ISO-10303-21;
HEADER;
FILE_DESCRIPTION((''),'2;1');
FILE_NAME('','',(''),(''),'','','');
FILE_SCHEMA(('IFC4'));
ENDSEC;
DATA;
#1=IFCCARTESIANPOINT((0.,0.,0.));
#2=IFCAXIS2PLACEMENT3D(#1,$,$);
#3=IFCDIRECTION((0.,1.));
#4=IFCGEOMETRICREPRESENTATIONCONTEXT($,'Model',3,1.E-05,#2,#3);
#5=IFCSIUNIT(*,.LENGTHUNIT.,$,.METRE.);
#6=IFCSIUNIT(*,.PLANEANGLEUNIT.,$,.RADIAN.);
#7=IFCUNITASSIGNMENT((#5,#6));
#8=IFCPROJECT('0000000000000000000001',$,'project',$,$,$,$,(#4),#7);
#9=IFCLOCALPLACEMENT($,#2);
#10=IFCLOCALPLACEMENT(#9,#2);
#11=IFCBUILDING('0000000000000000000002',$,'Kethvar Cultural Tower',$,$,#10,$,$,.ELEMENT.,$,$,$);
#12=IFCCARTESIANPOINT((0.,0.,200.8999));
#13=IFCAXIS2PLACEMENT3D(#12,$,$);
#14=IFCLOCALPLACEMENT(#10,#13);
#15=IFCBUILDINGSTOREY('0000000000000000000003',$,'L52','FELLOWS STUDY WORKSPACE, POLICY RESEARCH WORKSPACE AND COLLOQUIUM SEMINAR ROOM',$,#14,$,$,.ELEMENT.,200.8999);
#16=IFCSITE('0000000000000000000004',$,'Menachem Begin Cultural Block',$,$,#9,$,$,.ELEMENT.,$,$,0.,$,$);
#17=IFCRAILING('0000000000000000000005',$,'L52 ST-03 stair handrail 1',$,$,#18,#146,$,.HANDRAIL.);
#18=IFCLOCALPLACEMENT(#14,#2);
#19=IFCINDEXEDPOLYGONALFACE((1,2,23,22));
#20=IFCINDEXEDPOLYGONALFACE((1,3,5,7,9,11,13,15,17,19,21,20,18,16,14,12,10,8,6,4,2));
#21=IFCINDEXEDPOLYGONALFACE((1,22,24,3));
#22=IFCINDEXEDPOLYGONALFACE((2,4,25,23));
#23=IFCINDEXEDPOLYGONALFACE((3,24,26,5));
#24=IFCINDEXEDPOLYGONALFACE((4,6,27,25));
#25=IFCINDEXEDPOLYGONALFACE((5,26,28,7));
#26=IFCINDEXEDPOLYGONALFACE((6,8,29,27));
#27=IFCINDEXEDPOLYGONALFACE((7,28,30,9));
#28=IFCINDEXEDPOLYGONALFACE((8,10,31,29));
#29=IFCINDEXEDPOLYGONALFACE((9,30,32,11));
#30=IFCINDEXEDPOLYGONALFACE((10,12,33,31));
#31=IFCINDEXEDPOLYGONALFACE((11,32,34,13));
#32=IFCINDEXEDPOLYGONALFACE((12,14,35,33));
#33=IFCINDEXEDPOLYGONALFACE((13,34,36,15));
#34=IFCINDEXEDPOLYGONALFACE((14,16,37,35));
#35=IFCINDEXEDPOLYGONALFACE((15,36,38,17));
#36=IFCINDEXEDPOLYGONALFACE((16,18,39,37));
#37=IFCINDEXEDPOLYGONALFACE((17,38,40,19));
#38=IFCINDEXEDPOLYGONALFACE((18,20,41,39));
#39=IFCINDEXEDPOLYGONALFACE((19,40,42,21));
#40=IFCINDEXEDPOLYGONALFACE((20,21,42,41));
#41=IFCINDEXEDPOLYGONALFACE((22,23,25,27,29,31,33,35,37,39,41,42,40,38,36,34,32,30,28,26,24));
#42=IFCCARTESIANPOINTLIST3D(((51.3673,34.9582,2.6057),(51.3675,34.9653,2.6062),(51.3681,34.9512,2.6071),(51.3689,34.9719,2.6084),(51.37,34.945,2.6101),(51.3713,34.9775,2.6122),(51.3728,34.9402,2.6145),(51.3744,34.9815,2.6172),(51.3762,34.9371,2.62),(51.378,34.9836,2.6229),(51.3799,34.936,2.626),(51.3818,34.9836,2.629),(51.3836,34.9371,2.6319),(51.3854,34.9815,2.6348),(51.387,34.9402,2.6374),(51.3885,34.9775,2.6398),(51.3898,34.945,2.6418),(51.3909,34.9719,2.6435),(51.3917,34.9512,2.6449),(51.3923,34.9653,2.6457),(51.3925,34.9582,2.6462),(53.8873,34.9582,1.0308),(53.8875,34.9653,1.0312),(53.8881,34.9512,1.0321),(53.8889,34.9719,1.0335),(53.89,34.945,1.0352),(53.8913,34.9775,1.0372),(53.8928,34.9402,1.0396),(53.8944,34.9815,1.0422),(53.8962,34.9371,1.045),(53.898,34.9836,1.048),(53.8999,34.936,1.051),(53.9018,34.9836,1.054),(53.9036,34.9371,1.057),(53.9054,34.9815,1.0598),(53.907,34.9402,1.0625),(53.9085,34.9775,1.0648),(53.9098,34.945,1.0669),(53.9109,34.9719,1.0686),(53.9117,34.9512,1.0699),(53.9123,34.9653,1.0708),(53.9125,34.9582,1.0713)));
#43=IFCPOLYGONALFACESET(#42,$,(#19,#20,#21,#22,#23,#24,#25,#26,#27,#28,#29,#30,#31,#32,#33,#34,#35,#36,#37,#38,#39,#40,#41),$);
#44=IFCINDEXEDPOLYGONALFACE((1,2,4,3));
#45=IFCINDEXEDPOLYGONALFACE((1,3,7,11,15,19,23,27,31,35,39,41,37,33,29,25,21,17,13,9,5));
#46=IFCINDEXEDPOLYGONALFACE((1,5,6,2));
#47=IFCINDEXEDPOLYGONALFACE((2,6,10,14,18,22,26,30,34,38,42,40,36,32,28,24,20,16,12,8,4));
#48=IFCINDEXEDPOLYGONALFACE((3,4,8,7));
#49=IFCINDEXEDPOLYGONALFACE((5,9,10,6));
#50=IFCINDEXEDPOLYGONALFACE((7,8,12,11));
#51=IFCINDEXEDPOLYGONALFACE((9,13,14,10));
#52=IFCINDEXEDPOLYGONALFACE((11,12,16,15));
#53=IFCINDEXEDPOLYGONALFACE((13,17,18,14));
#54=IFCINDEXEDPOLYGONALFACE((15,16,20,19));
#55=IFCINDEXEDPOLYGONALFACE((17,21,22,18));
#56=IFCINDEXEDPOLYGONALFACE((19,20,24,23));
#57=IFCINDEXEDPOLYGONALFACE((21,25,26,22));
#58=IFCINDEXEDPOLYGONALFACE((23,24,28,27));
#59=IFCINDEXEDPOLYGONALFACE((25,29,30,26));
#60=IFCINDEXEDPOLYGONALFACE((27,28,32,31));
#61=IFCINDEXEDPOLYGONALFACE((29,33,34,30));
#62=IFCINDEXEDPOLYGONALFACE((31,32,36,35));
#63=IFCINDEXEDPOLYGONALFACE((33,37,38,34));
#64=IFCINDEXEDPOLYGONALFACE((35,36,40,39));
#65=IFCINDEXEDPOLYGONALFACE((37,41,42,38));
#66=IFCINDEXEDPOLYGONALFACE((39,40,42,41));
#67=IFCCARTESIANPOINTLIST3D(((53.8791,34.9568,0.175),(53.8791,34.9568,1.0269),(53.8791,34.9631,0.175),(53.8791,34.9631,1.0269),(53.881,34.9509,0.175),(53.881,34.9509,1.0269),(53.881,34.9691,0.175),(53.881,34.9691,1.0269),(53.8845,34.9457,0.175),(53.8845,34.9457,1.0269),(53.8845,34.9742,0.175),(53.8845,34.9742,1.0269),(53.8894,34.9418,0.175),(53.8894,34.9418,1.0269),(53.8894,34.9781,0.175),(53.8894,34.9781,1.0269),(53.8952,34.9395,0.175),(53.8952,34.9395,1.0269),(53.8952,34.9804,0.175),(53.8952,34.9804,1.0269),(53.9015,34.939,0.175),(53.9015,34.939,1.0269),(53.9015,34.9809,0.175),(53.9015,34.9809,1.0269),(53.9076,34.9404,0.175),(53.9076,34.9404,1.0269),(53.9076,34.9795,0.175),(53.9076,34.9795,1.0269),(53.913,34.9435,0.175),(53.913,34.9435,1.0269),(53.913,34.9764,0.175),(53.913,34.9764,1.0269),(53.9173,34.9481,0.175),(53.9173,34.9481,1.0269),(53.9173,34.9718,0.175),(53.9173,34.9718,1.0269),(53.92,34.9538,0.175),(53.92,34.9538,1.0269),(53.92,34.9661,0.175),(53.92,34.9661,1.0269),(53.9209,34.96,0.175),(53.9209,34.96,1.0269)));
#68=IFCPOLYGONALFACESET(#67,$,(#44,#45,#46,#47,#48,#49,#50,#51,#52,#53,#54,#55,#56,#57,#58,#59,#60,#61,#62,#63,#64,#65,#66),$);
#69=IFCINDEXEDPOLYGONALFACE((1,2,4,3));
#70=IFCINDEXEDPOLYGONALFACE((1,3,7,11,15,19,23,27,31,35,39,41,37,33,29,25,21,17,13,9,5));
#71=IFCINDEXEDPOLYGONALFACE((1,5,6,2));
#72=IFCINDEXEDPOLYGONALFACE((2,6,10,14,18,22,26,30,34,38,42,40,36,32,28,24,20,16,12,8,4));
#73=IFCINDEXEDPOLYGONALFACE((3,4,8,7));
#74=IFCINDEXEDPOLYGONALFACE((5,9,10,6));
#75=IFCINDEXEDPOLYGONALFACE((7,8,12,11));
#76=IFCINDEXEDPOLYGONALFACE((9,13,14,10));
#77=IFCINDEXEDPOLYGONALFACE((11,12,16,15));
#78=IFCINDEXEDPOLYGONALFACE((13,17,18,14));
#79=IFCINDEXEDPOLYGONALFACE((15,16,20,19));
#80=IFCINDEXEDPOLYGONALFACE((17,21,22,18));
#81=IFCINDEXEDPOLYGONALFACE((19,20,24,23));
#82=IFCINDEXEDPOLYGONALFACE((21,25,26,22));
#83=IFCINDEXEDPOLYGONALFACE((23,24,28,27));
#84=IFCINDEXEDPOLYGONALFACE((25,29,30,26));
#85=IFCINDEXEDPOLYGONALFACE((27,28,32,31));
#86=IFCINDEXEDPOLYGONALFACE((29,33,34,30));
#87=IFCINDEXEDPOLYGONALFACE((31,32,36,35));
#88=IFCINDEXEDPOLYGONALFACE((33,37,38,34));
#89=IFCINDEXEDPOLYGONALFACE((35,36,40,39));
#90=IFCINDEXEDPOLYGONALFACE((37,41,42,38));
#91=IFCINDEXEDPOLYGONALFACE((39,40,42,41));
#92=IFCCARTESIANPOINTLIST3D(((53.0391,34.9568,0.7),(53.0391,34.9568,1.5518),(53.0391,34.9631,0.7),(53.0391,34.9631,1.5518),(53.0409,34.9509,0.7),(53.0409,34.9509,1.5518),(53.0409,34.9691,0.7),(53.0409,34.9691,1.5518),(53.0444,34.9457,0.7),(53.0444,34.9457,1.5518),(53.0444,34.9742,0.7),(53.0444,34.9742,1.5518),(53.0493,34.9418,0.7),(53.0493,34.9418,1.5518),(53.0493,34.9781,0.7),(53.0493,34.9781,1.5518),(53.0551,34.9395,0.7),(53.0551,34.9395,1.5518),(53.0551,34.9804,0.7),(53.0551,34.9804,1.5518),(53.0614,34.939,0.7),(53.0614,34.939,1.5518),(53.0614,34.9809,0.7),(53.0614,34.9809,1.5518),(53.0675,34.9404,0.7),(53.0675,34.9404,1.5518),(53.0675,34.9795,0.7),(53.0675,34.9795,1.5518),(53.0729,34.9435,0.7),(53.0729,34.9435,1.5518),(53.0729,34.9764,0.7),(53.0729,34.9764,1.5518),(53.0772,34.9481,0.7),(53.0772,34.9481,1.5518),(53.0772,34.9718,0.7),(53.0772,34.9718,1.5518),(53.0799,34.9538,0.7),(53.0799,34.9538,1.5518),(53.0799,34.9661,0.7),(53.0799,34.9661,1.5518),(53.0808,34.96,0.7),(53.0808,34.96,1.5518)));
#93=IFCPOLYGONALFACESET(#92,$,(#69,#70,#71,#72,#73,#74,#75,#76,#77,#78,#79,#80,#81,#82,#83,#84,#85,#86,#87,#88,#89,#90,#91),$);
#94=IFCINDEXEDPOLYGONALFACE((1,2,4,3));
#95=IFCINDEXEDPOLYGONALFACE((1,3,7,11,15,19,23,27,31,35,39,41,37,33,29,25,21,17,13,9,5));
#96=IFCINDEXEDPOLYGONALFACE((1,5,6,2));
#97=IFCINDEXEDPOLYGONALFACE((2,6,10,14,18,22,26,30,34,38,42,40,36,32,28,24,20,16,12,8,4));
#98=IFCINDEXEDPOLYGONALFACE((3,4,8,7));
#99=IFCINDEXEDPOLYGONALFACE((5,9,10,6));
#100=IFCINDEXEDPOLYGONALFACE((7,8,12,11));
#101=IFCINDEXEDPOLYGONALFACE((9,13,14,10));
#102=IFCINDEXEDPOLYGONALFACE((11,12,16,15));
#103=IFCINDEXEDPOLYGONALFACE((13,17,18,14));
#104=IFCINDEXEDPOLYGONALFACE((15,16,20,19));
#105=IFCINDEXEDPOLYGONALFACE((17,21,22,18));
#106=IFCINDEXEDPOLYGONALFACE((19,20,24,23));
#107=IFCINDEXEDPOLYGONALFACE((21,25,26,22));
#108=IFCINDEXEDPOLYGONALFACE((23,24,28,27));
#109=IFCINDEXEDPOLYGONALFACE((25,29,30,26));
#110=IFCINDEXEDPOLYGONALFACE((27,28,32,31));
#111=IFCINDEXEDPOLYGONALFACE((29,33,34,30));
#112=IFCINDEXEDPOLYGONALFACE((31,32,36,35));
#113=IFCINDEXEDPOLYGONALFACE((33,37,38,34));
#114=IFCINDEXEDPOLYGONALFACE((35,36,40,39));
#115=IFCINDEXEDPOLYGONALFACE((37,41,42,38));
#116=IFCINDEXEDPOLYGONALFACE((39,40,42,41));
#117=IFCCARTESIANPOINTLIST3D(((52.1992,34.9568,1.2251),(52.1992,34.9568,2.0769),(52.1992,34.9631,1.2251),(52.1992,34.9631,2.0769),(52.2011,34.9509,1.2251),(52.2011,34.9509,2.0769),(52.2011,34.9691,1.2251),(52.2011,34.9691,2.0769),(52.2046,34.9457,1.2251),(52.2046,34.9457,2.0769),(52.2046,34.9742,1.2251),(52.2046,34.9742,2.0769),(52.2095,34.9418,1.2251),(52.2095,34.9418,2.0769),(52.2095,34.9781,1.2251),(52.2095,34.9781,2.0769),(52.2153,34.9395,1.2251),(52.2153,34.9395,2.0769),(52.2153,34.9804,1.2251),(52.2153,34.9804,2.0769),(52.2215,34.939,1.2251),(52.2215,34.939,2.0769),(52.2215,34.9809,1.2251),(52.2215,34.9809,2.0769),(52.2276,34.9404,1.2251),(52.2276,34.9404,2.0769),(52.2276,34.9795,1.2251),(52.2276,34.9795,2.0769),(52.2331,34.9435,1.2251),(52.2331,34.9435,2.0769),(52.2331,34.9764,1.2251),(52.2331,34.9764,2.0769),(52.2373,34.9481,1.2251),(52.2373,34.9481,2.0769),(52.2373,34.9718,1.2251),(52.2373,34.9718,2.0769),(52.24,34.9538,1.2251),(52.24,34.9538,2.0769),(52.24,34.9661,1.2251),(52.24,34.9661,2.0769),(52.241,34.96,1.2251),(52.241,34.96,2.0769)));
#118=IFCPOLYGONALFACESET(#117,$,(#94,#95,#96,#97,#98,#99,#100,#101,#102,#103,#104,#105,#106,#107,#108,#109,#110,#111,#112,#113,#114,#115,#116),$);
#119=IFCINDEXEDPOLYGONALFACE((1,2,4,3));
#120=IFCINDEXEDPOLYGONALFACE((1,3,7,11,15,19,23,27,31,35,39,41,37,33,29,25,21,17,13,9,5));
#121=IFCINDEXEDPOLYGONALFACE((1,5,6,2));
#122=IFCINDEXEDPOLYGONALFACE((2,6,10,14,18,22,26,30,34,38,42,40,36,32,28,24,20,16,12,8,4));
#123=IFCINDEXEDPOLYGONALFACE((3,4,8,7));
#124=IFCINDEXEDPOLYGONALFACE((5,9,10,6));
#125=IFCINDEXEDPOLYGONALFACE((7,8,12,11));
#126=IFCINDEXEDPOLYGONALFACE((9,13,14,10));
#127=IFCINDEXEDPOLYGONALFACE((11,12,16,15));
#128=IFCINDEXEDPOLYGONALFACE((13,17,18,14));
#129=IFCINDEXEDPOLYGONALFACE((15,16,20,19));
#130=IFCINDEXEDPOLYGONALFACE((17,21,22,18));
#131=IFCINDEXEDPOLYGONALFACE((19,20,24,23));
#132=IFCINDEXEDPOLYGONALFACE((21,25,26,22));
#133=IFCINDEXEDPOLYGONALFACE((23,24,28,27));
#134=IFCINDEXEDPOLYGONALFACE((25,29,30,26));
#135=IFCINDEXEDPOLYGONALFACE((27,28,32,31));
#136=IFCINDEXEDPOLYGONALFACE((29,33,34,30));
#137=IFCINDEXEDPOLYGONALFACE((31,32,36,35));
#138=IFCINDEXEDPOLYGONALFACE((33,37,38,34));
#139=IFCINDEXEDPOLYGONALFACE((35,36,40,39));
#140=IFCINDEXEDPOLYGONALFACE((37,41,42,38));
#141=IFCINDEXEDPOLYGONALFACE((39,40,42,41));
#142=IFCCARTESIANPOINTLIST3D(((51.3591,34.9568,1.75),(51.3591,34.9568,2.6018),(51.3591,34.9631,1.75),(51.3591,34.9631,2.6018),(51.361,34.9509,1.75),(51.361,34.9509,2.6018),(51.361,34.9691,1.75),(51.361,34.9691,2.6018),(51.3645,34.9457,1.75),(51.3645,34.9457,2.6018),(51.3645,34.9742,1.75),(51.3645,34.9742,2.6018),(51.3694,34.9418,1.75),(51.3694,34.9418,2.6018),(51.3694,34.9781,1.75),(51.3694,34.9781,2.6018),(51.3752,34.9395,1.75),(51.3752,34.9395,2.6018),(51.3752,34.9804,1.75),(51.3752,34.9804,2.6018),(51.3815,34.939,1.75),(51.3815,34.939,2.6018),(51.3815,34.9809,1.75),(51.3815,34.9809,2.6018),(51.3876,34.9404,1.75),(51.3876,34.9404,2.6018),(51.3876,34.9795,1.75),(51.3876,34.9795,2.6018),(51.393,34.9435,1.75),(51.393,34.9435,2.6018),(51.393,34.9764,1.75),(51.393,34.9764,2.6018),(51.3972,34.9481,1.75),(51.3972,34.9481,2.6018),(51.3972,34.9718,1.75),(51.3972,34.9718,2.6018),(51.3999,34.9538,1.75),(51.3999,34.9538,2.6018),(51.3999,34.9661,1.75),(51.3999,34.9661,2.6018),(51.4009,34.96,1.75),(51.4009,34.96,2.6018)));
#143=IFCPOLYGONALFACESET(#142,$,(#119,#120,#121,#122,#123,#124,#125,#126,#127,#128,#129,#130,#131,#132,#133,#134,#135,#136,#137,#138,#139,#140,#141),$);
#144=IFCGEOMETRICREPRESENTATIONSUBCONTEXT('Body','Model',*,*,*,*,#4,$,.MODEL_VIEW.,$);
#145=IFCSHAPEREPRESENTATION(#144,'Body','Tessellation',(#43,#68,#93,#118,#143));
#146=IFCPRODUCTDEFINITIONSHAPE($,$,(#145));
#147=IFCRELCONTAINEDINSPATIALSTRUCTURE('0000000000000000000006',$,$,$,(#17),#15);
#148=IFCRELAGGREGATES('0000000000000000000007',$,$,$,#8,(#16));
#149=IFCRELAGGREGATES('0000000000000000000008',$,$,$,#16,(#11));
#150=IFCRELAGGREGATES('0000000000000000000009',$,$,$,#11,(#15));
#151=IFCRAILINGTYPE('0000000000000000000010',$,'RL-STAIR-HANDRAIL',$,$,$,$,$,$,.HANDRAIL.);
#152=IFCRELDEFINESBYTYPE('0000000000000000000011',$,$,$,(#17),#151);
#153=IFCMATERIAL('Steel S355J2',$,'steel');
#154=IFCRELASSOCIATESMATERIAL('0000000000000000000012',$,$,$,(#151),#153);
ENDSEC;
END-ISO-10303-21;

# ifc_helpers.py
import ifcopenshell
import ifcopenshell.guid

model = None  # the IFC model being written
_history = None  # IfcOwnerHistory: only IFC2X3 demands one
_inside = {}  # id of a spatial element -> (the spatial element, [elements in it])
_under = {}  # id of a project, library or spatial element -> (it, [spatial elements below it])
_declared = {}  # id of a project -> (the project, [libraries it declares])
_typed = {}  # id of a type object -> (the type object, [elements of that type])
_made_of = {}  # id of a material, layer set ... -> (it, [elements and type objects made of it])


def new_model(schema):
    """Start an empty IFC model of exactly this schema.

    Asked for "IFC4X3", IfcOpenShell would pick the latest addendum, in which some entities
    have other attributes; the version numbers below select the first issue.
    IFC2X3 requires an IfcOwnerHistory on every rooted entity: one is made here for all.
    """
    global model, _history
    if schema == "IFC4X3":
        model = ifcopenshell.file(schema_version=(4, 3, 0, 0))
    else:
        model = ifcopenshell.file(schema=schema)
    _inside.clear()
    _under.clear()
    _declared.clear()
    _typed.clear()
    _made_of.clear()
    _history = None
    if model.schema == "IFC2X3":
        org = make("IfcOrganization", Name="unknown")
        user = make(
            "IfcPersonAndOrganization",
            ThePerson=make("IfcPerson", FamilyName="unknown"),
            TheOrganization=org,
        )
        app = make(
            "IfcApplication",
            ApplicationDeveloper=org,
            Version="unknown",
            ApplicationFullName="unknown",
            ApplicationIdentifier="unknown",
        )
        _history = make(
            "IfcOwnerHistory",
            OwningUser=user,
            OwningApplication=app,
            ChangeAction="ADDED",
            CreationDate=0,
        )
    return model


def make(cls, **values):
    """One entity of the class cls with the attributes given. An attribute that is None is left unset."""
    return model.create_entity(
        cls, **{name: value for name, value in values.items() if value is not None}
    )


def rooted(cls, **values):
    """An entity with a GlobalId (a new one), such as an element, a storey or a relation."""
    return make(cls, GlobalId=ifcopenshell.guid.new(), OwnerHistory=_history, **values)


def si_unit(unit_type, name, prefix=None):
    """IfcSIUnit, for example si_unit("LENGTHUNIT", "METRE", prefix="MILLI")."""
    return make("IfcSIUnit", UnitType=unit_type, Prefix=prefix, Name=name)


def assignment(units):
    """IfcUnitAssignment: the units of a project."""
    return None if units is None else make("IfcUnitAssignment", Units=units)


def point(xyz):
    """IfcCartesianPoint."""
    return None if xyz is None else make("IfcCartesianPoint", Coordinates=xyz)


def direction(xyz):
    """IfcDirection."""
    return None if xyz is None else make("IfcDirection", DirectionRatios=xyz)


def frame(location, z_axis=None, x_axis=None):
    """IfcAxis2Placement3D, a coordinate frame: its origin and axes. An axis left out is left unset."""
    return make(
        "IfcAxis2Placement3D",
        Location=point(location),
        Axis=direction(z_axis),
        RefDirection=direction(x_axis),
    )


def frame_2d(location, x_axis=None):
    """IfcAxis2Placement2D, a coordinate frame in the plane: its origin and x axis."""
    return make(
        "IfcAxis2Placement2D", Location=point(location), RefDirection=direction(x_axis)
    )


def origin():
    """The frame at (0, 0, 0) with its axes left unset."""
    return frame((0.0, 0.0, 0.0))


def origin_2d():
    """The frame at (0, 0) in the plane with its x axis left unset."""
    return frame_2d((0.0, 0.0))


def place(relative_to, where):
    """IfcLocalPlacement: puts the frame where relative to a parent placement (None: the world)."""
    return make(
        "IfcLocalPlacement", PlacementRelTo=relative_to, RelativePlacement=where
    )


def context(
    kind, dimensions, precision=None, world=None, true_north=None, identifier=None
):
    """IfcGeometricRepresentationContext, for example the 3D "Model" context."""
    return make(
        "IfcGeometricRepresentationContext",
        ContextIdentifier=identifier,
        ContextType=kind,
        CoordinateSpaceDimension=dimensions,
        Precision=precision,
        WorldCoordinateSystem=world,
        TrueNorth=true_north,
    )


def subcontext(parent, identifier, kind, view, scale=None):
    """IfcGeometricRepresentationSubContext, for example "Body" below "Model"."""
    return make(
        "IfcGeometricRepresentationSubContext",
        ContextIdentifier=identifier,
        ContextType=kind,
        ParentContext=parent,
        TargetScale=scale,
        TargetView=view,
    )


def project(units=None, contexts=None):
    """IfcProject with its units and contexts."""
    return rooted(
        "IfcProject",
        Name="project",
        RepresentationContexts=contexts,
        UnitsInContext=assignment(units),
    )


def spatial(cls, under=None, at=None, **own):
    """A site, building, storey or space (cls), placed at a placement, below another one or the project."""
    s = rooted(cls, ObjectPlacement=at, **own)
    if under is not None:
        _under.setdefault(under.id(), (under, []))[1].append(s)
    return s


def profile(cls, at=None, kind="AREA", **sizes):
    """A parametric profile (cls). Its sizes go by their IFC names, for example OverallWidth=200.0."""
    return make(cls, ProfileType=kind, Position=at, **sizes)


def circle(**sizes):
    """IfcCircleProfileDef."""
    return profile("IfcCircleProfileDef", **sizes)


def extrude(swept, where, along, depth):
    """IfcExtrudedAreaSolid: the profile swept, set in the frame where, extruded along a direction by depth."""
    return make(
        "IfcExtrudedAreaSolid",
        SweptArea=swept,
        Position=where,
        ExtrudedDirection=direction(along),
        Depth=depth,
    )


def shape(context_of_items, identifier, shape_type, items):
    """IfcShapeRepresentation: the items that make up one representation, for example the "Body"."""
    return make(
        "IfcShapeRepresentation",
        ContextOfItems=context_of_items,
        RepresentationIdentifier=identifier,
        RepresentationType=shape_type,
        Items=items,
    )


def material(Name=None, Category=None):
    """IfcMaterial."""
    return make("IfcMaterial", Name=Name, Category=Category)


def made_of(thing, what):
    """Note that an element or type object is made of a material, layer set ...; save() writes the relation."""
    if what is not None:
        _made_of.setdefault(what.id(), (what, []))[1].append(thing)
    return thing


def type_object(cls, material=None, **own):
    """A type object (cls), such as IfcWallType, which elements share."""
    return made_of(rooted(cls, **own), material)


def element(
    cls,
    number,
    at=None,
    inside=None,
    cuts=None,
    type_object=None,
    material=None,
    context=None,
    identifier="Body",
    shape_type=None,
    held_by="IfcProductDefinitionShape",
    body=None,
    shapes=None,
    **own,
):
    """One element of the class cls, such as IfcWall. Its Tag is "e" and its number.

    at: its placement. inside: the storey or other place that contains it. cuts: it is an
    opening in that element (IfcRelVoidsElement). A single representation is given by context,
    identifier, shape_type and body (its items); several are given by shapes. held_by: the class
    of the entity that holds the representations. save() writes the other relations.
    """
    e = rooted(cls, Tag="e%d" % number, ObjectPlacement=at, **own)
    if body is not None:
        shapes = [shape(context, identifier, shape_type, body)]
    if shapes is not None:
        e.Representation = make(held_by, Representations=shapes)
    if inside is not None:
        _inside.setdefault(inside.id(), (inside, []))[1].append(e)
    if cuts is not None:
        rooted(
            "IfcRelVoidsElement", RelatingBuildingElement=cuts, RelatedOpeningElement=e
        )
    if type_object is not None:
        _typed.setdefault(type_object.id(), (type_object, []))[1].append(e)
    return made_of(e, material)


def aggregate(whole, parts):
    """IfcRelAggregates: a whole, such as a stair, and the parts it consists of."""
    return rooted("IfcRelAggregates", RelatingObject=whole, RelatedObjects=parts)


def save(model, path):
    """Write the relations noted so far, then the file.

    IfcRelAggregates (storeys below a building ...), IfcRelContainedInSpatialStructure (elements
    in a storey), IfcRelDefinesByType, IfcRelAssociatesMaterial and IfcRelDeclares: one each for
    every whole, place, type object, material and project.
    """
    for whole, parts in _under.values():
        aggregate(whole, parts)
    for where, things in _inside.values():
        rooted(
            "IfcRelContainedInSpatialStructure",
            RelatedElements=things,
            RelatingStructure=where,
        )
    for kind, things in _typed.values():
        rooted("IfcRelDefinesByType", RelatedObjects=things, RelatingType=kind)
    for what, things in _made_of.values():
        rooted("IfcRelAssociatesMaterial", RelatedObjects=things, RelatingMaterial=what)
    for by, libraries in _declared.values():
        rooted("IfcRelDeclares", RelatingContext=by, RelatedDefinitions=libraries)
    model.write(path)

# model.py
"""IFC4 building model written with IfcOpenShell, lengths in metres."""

from ifc_helpers import new_model, si_unit, direction, frame, origin, origin_2d, place, context, subcontext, project, spatial, circle, extrude, material, type_object, element, save


model = new_model("IFC4")

# Units and contexts
model_context = context("Model", 3, precision=1e-05, world=origin(), true_north=direction((0.0, 1.0)))
body_context = subcontext(model_context, "Body", "Model", "MODEL_VIEW")
ifc_project = project(units=[si_unit("LENGTHUNIT", "METRE"), si_unit("PLANEANGLEUNIT", "RADIAN")], contexts=[model_context])

# Site, building, storey
site_placement = place(None, origin())
site = spatial("IfcSite", under=ifc_project, at=site_placement, Name="Menachem Begin Cultural Block", CompositionType="ELEMENT", RefElevation=0.0)
building_placement = place(site_placement, origin())
building = spatial("IfcBuilding", under=site, at=building_placement, Name="Kethvar Cultural Tower", CompositionType="ELEMENT")
storey_placement = place(building_placement, frame((0.0, 0.0, 200.8999)))
storey = spatial("IfcBuildingStorey", under=building, at=storey_placement, Name="L52", Description="FELLOWS STUDY WORKSPACE, POLICY RESEARCH WORKSPACE AND COLLOQUIUM SEMINAR ROOM", CompositionType="ELEMENT", Elevation=200.8999)

# Shared definitions
ifc_material_1 = material(Name="Steel S355J2", Category="steel")

# Railing
railing_type_1 = type_object("IfcRailingType", Name="RL-STAIR-HANDRAIL", PredefinedType="HANDRAIL", material=ifc_material_1)
railing_1_placement = place(storey_placement, frame((53.8999, 34.96, 0.175)))
element("IfcRailing", 1, at=railing_1_placement, inside=storey, type_object=railing_type_1, Name="L52 ST-03 stair handrail 1", PredefinedType="HANDRAIL", context=body_context, shape_type="SweptSolid", body=[
    extrude(circle(Radius=0.0239, at=origin_2d()), frame((0.0, 0.0, 0.876), z_axis=(-0.848008, 0.0, 0.529984), x_axis=(0.0, -1.0, 0.0)), (0.0, 0.0, 1.0), 2.9717),
    extrude(circle(Radius=0.021, at=origin_2d()), origin(), (0.0, 0.0, 1.0), 0.8518),
    extrude(circle(Radius=0.021, at=origin_2d()), frame((-0.8401, 0.0, 0.5249)), (0.0, 0.0, 1.0), 0.8518),
    extrude(circle(Radius=0.021, at=origin_2d()), frame((-1.6799, 0.0, 1.05)), (0.0, 0.0, 1.0), 0.8518),
    extrude(circle(Radius=0.021, at=origin_2d()), frame((-2.52, 0.0, 1.575)), (0.0, 0.0, 1.0), 0.8518),
])

save(model, "model.ifc")
